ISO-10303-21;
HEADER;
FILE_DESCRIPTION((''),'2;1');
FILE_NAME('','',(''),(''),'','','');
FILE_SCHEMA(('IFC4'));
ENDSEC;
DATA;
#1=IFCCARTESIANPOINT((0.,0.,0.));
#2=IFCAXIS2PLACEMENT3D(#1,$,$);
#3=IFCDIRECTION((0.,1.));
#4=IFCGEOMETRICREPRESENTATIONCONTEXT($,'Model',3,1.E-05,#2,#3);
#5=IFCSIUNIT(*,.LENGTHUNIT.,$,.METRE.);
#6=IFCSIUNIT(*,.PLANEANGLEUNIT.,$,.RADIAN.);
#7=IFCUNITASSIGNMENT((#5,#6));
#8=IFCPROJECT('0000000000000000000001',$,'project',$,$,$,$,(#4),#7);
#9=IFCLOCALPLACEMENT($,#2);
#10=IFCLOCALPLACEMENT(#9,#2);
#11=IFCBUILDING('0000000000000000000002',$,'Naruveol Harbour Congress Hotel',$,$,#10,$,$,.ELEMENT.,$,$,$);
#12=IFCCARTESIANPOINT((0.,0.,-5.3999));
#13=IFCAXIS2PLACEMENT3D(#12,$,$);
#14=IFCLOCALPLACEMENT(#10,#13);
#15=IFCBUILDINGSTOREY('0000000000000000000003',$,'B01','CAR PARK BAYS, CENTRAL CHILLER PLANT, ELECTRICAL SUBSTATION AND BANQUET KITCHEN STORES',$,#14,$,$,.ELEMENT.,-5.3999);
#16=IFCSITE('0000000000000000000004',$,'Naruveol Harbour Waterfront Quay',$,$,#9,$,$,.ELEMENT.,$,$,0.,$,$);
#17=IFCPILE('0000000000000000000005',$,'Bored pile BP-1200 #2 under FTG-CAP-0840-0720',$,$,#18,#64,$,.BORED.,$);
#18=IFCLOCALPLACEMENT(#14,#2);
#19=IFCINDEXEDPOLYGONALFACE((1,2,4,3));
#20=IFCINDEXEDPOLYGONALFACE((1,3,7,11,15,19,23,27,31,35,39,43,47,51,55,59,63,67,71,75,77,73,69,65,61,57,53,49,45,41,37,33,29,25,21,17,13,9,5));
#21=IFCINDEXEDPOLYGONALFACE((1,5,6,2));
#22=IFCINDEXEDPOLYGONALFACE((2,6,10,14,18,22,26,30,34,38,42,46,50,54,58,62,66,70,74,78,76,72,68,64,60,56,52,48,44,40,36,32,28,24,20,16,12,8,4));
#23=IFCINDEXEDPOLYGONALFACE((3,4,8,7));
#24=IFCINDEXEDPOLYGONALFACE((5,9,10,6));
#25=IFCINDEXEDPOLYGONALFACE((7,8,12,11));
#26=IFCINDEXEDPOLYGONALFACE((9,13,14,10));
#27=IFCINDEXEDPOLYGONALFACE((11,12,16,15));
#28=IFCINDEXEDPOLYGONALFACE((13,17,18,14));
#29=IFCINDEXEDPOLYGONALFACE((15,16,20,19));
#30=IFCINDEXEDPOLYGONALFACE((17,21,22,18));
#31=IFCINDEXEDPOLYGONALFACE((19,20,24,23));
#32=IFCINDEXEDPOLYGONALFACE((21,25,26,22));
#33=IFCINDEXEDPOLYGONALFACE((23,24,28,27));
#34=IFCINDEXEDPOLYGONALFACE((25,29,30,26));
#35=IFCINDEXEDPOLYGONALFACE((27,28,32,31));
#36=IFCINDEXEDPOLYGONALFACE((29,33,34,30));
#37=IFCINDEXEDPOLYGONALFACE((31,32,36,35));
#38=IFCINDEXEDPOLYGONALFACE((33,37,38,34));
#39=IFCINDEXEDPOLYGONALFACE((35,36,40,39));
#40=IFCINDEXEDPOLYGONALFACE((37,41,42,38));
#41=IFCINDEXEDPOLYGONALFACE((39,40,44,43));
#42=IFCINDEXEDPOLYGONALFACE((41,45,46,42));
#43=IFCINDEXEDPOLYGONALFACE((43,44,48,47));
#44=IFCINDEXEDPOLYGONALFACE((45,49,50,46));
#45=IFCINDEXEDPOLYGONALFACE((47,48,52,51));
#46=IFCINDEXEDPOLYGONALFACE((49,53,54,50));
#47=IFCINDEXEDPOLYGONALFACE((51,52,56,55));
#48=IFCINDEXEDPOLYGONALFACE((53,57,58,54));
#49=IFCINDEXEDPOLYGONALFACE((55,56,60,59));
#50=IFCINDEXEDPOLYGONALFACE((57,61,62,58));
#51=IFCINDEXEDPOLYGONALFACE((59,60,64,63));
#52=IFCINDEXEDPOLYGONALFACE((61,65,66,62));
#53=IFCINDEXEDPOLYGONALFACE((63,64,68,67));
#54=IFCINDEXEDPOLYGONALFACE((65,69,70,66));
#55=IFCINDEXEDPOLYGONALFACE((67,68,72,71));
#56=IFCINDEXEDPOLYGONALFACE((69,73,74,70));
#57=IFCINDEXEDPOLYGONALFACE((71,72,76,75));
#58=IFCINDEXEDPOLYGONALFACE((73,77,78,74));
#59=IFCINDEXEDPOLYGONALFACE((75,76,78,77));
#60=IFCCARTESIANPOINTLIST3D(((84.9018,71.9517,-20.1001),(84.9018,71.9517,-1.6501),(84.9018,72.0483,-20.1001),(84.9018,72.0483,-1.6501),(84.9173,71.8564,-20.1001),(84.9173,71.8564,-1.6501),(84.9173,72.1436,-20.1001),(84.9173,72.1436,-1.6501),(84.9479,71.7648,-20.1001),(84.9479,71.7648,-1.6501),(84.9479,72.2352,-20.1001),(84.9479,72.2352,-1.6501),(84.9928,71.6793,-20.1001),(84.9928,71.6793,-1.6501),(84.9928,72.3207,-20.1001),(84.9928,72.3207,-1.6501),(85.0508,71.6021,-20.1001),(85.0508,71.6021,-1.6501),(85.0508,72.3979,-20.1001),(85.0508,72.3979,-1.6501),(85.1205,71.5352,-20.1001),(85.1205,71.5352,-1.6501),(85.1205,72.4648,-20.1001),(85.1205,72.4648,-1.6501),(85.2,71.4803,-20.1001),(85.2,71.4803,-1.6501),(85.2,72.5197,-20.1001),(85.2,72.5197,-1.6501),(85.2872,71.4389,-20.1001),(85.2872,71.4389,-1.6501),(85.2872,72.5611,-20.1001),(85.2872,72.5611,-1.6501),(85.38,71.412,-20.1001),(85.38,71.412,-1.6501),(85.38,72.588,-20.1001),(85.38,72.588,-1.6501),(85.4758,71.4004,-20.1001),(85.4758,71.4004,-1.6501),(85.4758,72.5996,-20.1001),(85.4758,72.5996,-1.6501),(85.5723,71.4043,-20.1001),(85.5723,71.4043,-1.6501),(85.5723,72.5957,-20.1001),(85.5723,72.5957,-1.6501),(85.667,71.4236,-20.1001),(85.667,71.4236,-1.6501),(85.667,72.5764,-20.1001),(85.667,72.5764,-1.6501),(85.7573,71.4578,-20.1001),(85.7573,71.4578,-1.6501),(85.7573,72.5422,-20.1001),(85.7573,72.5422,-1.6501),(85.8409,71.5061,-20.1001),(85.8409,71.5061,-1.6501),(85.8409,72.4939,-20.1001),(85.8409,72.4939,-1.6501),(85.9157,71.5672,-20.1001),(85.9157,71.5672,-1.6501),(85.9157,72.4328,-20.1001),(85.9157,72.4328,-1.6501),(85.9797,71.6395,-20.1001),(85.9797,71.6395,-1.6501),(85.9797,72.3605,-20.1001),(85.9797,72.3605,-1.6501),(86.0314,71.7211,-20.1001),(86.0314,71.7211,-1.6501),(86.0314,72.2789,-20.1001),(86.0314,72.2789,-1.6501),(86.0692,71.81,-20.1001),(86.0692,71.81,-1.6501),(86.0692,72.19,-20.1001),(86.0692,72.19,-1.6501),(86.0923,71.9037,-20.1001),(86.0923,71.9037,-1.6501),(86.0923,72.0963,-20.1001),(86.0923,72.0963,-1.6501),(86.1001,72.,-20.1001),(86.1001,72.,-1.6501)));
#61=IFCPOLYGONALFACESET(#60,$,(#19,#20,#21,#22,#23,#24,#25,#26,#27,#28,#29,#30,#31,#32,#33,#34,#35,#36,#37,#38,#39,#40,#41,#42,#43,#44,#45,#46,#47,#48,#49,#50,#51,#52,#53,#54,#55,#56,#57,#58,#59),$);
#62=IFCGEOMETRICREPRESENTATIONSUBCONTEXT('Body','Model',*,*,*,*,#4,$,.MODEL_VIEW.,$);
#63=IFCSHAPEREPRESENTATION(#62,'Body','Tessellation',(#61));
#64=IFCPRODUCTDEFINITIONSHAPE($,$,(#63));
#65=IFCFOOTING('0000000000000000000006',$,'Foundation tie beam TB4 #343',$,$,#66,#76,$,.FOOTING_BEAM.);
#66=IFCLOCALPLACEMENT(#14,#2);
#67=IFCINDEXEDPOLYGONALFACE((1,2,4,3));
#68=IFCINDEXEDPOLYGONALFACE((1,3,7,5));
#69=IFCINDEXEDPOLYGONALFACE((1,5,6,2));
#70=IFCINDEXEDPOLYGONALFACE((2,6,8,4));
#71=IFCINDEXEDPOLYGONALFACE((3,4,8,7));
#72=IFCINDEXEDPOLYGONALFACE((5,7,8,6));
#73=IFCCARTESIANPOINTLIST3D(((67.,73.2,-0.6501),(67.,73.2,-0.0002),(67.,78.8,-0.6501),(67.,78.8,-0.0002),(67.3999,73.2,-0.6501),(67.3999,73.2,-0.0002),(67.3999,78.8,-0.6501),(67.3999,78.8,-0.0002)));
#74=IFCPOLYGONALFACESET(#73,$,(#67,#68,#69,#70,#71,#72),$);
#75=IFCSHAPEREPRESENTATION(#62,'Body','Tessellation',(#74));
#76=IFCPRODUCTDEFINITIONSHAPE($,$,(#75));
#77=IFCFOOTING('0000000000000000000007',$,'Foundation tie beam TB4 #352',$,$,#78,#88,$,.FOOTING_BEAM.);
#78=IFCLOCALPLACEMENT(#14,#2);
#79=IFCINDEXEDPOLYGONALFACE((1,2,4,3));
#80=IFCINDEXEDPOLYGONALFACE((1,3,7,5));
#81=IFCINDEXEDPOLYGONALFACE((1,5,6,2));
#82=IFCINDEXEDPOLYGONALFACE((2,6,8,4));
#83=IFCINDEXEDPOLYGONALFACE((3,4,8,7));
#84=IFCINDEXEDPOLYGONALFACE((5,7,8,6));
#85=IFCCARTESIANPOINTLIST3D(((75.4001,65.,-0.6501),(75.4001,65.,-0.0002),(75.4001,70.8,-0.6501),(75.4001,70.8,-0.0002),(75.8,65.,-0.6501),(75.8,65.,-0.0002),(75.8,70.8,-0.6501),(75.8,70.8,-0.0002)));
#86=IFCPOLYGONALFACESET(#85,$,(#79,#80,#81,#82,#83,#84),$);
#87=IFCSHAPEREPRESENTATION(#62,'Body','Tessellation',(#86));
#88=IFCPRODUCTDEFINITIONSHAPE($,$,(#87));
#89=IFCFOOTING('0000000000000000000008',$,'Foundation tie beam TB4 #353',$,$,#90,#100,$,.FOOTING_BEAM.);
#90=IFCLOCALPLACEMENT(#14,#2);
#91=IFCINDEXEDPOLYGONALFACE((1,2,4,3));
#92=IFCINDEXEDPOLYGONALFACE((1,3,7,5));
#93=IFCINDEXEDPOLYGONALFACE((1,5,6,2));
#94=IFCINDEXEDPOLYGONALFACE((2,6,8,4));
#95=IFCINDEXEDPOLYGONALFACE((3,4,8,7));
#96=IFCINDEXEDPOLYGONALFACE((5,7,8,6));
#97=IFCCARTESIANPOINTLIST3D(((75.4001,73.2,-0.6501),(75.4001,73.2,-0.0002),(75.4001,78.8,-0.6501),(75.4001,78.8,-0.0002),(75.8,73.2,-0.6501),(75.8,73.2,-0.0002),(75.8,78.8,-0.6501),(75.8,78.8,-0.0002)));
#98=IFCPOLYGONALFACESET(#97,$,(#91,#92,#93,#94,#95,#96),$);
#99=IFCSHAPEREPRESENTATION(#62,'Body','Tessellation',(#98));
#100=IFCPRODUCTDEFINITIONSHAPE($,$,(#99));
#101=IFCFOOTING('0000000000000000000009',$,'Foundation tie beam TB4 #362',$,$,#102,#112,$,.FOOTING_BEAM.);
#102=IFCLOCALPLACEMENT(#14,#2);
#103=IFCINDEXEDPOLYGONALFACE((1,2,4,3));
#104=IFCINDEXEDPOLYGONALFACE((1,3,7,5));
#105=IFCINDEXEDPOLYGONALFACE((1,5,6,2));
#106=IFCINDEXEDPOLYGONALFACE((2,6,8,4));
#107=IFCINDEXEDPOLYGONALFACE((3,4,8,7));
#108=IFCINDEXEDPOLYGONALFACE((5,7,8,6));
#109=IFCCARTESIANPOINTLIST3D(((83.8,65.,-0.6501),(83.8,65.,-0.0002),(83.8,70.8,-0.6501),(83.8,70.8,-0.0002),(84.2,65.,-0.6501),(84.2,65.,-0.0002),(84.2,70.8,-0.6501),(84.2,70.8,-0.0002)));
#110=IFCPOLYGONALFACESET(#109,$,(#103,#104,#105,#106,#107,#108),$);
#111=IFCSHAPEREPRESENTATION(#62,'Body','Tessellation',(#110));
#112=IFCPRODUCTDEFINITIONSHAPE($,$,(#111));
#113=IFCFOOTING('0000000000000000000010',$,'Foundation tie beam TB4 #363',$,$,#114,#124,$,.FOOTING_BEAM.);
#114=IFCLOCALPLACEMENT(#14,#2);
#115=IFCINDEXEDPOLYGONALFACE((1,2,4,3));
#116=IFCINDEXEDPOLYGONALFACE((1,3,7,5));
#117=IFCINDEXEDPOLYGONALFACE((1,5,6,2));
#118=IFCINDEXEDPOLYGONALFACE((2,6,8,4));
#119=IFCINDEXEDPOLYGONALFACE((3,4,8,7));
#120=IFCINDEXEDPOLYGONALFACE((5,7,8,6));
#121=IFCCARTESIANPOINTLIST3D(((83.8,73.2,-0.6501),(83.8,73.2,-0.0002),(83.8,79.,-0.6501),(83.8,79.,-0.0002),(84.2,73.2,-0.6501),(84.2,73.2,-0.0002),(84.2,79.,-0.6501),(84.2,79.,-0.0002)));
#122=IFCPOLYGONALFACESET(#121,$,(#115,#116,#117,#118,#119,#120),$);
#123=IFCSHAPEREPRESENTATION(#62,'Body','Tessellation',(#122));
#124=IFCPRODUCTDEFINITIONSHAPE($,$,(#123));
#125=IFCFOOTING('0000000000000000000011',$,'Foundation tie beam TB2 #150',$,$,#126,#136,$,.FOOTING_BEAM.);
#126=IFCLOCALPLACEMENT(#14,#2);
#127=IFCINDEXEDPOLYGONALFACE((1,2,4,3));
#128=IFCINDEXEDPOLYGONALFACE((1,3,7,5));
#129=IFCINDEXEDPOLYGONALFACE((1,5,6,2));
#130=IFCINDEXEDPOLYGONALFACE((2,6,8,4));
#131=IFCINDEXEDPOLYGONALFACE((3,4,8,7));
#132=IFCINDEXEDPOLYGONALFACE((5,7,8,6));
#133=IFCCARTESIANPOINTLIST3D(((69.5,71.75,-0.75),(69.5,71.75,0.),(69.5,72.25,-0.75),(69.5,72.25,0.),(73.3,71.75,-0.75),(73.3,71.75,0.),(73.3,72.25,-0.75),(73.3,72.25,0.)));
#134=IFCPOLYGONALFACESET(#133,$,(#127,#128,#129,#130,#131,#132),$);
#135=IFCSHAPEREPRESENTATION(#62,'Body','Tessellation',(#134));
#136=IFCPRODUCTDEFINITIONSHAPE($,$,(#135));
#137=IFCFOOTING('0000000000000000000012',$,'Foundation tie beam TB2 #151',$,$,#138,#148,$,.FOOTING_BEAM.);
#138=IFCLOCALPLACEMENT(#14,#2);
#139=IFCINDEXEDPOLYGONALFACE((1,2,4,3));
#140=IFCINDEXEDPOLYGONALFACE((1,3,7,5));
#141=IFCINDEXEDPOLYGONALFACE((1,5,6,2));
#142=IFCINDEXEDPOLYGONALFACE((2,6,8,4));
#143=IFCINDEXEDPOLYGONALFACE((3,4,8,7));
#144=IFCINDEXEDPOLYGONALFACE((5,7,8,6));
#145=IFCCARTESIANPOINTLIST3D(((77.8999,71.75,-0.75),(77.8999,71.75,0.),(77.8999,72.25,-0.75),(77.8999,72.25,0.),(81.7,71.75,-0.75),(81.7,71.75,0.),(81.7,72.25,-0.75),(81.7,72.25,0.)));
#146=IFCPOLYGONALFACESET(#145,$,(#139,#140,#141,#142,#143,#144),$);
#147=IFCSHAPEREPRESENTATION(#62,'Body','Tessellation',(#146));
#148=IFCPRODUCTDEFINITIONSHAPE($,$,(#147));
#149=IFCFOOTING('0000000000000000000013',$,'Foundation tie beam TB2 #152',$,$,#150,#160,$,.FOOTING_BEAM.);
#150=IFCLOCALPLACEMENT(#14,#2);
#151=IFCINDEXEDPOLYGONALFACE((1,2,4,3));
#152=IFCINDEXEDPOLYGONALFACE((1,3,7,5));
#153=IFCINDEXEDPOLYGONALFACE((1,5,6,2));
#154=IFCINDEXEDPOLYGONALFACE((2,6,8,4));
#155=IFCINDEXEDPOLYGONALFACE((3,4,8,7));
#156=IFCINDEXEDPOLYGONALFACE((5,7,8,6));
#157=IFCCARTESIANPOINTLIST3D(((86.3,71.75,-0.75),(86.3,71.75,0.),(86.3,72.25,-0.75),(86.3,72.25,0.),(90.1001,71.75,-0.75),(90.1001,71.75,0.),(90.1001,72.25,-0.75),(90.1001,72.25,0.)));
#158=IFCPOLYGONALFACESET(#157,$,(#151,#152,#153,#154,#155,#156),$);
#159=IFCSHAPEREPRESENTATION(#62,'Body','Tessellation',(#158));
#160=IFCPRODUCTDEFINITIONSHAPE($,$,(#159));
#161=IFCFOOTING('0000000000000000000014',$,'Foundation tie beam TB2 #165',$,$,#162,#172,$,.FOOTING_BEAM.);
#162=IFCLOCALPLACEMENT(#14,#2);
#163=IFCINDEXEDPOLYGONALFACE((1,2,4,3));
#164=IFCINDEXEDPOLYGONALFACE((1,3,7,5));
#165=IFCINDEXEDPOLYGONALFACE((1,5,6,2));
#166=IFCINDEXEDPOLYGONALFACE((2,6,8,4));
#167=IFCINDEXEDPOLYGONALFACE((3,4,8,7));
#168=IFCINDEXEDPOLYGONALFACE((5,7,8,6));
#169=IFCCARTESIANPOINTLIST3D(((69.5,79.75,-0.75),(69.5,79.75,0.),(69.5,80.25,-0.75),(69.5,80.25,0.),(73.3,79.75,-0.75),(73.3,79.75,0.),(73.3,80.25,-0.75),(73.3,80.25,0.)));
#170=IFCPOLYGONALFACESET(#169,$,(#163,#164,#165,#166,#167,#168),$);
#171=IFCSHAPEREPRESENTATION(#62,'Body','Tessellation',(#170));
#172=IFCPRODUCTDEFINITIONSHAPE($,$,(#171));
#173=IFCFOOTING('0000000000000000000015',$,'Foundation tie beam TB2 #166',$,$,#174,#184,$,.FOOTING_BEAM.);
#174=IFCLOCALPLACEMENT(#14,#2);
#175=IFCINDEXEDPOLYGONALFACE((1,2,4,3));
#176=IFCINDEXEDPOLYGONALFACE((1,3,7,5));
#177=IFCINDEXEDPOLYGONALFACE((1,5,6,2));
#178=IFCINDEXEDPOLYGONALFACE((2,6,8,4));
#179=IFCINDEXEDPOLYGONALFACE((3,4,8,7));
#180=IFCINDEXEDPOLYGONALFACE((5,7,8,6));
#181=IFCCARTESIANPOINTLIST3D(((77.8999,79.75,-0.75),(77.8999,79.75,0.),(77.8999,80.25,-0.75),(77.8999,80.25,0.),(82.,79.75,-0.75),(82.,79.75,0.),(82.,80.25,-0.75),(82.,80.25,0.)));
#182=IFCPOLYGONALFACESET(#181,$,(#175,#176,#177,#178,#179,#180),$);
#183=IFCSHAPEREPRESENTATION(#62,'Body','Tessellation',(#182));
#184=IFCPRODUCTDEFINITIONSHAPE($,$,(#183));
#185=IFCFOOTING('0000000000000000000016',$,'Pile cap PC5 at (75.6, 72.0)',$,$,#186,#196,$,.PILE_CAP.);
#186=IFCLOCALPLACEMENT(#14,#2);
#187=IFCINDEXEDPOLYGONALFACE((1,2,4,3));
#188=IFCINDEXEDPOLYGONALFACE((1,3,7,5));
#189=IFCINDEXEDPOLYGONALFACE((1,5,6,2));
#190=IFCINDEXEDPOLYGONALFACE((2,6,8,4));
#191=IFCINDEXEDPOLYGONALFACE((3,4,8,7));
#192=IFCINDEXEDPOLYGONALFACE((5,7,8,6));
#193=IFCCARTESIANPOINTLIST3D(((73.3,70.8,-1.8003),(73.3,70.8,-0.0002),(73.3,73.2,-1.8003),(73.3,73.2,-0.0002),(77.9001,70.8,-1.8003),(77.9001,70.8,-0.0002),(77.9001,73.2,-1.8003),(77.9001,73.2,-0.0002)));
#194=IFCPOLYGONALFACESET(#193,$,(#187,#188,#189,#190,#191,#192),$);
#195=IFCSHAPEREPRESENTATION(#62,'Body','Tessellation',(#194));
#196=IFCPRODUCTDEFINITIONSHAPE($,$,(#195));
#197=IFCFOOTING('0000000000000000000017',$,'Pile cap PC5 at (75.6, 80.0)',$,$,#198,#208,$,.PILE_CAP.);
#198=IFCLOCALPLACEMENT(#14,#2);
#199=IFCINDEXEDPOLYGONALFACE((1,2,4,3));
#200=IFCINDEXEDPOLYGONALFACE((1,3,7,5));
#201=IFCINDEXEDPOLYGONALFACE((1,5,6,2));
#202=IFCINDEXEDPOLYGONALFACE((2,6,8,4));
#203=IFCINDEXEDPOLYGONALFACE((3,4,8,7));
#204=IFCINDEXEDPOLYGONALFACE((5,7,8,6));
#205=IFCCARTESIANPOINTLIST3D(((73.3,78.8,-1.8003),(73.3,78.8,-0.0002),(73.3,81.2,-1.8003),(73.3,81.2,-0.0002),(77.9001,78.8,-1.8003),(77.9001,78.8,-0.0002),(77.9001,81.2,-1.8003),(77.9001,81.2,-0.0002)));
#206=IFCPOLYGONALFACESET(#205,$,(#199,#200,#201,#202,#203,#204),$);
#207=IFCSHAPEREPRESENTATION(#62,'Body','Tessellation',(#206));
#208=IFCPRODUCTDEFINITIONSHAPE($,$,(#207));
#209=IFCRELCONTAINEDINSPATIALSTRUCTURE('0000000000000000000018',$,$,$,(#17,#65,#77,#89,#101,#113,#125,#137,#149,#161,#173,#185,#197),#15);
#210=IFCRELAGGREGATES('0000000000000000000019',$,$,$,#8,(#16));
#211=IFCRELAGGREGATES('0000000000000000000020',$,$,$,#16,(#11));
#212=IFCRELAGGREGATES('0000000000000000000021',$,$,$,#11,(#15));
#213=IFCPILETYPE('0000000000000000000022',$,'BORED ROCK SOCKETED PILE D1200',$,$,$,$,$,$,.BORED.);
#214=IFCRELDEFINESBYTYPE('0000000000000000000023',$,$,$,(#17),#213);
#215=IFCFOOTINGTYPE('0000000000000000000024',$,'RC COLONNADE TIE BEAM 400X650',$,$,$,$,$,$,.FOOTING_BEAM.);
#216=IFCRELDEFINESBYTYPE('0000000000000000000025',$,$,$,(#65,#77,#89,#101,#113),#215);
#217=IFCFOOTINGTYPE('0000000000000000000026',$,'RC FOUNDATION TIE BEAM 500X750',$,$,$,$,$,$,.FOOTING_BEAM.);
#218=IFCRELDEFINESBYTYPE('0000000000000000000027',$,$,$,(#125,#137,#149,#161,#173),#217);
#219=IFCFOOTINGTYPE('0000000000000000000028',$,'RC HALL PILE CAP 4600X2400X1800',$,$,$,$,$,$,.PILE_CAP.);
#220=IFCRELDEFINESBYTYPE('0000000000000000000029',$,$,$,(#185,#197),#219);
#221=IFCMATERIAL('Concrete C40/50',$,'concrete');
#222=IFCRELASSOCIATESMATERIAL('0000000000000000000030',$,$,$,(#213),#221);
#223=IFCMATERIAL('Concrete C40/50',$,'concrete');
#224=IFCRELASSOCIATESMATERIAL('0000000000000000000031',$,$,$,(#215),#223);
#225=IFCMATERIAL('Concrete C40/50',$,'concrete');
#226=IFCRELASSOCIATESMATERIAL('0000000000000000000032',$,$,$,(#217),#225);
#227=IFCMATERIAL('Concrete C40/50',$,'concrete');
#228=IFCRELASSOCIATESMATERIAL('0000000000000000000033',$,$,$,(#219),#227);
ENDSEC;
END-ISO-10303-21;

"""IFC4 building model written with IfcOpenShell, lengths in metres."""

from ifc_helpers import new_model, si_unit, direction, frame, origin, origin_2d, place, context, subcontext, project, spatial, rectangle, circle, extrude, material, material_profile, profile_set, type_object, element, save


model = new_model("IFC4")

# Units and contexts
model_context = context("Model", 3, precision=1e-05, world=origin(), true_north=direction((0.0, 1.0)))
body_context = subcontext(model_context, "Body", "Model", "MODEL_VIEW")
ifc_project = project(units=[si_unit("LENGTHUNIT", "METRE"), si_unit("PLANEANGLEUNIT", "RADIAN")], contexts=[model_context])

# Site, building, storey
site_placement = place(None, origin())
site = spatial("IfcSite", under=ifc_project, at=site_placement, Name="Naruveol Harbour Waterfront Quay", CompositionType="ELEMENT", RefElevation=0.0)
building_placement = place(site_placement, origin())
building = spatial("IfcBuilding", under=site, at=building_placement, Name="Naruveol Harbour Congress Hotel", CompositionType="ELEMENT")
storey_placement = place(building_placement, frame((0.0, 0.0, -5.3999)))
storey = spatial("IfcBuildingStorey", under=building, at=storey_placement, Name="B01", Description="CAR PARK BAYS, CENTRAL CHILLER PLANT, ELECTRICAL SUBSTATION AND BANQUET KITCHEN STORES", CompositionType="ELEMENT", Elevation=-5.3999)

# Pile
ifc_material_1 = material(Name="Concrete C40/50", Category="concrete")
ifc_material_profile_1 = material_profile(ifc_material_1, circle(Radius=0.6001, at=origin_2d()), Name="BP-1200")
ifc_profile_set_1 = profile_set([ifc_material_profile_1], Name="Concrete C40/50")
pile_type_1 = type_object("IfcPileType", Name="BORED ROCK SOCKETED PILE D1200", PredefinedType="BORED", material=ifc_profile_set_1)
for number, where, z_axis, x_axis, name in (
    (1, (85.5, 72.0, -1.6501), (0.0, 0.0, -1.0), (1.0, 0.0, 0.0), "Bored pile BP-1200 #2 under FTG-CAP-0840-0720"),
):
    element("IfcPile", number, at=place(storey_placement, frame(where, z_axis=z_axis, x_axis=x_axis)), inside=storey, type_object=pile_type_1, Name=name, PredefinedType="BORED", context=body_context, shape_type="SweptSolid", body=[
        extrude(circle(Radius=0.6001, at=origin_2d()), origin(), (0.0, 0.0, 1.0), 18.45),
    ])

# Footings
ifc_material_2 = material(Name="Concrete C40/50", Category="concrete")
ifc_material_profile_2 = material_profile(ifc_material_2, rectangle(XDim=0.3999, YDim=0.6499, at=origin_2d()), Name="RCB-400x650")
ifc_profile_set_2 = profile_set([ifc_material_profile_2], Name="Concrete C40/50")
footing_type_1 = type_object("IfcFootingType", Name="RC COLONNADE TIE BEAM 400X650", PredefinedType="FOOTING_BEAM", material=ifc_profile_set_2)
footing_1_placement = place(storey_placement, frame((67.2, 73.2, -0.3252), z_axis=(0.0, 1.0, 0.0), x_axis=(-1.0, 0.0, 0.0)))
element("IfcFooting", 2, at=footing_1_placement, inside=storey, type_object=footing_type_1, Name="Foundation tie beam TB4 #343", PredefinedType="FOOTING_BEAM", context=body_context, shape_type="SweptSolid", body=[
    extrude(rectangle(XDim=0.3999, YDim=0.6499, at=origin_2d()), origin(), (0.0, 0.0, 1.0), 5.6001),
])
footing_2_placement = place(storey_placement, frame((75.6001, 65.0, -0.3252), z_axis=(0.0, 1.0, 0.0), x_axis=(-1.0, 0.0, 0.0)))
element("IfcFooting", 3, at=footing_2_placement, inside=storey, type_object=footing_type_1, Name="Foundation tie beam TB4 #352", PredefinedType="FOOTING_BEAM", context=body_context, shape_type="SweptSolid", body=[
    extrude(rectangle(XDim=0.3999, YDim=0.6499, at=origin_2d()), origin(), (0.0, 0.0, 1.0), 5.8),
])
footing_3_placement = place(storey_placement, frame((75.6001, 73.2, -0.3252), z_axis=(0.0, 1.0, 0.0), x_axis=(-1.0, 0.0, 0.0)))
element("IfcFooting", 4, at=footing_3_placement, inside=storey, type_object=footing_type_1, Name="Foundation tie beam TB4 #353", PredefinedType="FOOTING_BEAM", context=body_context, shape_type="SweptSolid", body=[
    extrude(rectangle(XDim=0.3999, YDim=0.6499, at=origin_2d()), origin(), (0.0, 0.0, 1.0), 5.6001),
])
for number, where, z_axis, x_axis, name in (
    (5, (84.0, 65.0, -0.3252), (0.0, 1.0, 0.0), (-1.0, 0.0, 0.0), "Foundation tie beam TB4 #362"),
    (6, (84.0, 73.2, -0.3252), (0.0, 1.0, 0.0), (-1.0, 0.0, 0.0), "Foundation tie beam TB4 #363"),
):
    element("IfcFooting", number, at=place(storey_placement, frame(where, z_axis=z_axis, x_axis=x_axis)), inside=storey, type_object=footing_type_1, Name=name, PredefinedType="FOOTING_BEAM", context=body_context, shape_type="SweptSolid", body=[
        extrude(rectangle(XDim=0.3999, YDim=0.6499, at=origin_2d()), origin(), (0.0, 0.0, 1.0), 5.8),
    ])
ifc_material_3 = material(Name="Concrete C40/50", Category="concrete")
ifc_material_profile_3 = material_profile(ifc_material_3, rectangle(XDim=0.5, YDim=0.75, at=origin_2d()), Name="RCB-500x750")
ifc_profile_set_3 = profile_set([ifc_material_profile_3], Name="Concrete C40/50")
footing_type_2 = type_object("IfcFootingType", Name="RC FOUNDATION TIE BEAM 500X750", PredefinedType="FOOTING_BEAM", material=ifc_profile_set_3)
for number, where, z_axis, x_axis, name in (
    (7, (69.5, 72.0, -0.375), (1.0, 0.0, 0.0), (0.0, 1.0, 0.0), "Foundation tie beam TB2 #150"),
    (8, (77.8999, 72.0, -0.375), (1.0, 0.0, 0.0), (0.0, 1.0, 0.0), "Foundation tie beam TB2 #151"),
    (9, (86.3, 72.0, -0.375), (1.0, 0.0, 0.0), (0.0, 1.0, 0.0), "Foundation tie beam TB2 #152"),
    (10, (69.5, 80.0, -0.375), (1.0, 0.0, 0.0), (0.0, 1.0, 0.0), "Foundation tie beam TB2 #165"),
):
    element("IfcFooting", number, at=place(storey_placement, frame(where, z_axis=z_axis, x_axis=x_axis)), inside=storey, type_object=footing_type_2, Name=name, PredefinedType="FOOTING_BEAM", context=body_context, shape_type="SweptSolid", body=[
        extrude(rectangle(XDim=0.5, YDim=0.75, at=origin_2d()), origin(), (0.0, 0.0, 1.0), 3.8),
    ])
footing_4_placement = place(storey_placement, frame((77.8999, 80.0, -0.375), z_axis=(1.0, 0.0, 0.0), x_axis=(0.0, 1.0, 0.0)))
element("IfcFooting", 11, at=footing_4_placement, inside=storey, type_object=footing_type_2, Name="Foundation tie beam TB2 #166", PredefinedType="FOOTING_BEAM", context=body_context, shape_type="SweptSolid", body=[
    extrude(rectangle(XDim=0.5, YDim=0.75, at=origin_2d()), origin(), (0.0, 0.0, 1.0), 4.1001),
])
ifc_material_4 = material(Name="Concrete C40/50", Category="concrete")
footing_type_3 = type_object("IfcFootingType", Name="RC HALL PILE CAP 4600X2400X1800", PredefinedType="PILE_CAP", material=ifc_material_4)
for number, where, z_axis, x_axis, name in (
    (12, (75.6001, 72.0, -1.8003), (0.0, 0.0, 1.0), (1.0, 0.0, 0.0), "Pile cap PC5 at (75.6, 72.0)"),
    (13, (75.6001, 80.0, -1.8003), (0.0, 0.0, 1.0), (1.0, 0.0, 0.0), "Pile cap PC5 at (75.6, 80.0)"),
):
    element("IfcFooting", number, at=place(storey_placement, frame(where, z_axis=z_axis, x_axis=x_axis)), inside=storey, type_object=footing_type_3, Name=name, PredefinedType="PILE_CAP", context=body_context, shape_type="SweptSolid", body=[
        extrude(rectangle(XDim=4.6001, YDim=2.3999, at=origin_2d()), origin(), (0.0, 0.0, 1.0), 1.8),
    ])

save(model, "model.ifc")
